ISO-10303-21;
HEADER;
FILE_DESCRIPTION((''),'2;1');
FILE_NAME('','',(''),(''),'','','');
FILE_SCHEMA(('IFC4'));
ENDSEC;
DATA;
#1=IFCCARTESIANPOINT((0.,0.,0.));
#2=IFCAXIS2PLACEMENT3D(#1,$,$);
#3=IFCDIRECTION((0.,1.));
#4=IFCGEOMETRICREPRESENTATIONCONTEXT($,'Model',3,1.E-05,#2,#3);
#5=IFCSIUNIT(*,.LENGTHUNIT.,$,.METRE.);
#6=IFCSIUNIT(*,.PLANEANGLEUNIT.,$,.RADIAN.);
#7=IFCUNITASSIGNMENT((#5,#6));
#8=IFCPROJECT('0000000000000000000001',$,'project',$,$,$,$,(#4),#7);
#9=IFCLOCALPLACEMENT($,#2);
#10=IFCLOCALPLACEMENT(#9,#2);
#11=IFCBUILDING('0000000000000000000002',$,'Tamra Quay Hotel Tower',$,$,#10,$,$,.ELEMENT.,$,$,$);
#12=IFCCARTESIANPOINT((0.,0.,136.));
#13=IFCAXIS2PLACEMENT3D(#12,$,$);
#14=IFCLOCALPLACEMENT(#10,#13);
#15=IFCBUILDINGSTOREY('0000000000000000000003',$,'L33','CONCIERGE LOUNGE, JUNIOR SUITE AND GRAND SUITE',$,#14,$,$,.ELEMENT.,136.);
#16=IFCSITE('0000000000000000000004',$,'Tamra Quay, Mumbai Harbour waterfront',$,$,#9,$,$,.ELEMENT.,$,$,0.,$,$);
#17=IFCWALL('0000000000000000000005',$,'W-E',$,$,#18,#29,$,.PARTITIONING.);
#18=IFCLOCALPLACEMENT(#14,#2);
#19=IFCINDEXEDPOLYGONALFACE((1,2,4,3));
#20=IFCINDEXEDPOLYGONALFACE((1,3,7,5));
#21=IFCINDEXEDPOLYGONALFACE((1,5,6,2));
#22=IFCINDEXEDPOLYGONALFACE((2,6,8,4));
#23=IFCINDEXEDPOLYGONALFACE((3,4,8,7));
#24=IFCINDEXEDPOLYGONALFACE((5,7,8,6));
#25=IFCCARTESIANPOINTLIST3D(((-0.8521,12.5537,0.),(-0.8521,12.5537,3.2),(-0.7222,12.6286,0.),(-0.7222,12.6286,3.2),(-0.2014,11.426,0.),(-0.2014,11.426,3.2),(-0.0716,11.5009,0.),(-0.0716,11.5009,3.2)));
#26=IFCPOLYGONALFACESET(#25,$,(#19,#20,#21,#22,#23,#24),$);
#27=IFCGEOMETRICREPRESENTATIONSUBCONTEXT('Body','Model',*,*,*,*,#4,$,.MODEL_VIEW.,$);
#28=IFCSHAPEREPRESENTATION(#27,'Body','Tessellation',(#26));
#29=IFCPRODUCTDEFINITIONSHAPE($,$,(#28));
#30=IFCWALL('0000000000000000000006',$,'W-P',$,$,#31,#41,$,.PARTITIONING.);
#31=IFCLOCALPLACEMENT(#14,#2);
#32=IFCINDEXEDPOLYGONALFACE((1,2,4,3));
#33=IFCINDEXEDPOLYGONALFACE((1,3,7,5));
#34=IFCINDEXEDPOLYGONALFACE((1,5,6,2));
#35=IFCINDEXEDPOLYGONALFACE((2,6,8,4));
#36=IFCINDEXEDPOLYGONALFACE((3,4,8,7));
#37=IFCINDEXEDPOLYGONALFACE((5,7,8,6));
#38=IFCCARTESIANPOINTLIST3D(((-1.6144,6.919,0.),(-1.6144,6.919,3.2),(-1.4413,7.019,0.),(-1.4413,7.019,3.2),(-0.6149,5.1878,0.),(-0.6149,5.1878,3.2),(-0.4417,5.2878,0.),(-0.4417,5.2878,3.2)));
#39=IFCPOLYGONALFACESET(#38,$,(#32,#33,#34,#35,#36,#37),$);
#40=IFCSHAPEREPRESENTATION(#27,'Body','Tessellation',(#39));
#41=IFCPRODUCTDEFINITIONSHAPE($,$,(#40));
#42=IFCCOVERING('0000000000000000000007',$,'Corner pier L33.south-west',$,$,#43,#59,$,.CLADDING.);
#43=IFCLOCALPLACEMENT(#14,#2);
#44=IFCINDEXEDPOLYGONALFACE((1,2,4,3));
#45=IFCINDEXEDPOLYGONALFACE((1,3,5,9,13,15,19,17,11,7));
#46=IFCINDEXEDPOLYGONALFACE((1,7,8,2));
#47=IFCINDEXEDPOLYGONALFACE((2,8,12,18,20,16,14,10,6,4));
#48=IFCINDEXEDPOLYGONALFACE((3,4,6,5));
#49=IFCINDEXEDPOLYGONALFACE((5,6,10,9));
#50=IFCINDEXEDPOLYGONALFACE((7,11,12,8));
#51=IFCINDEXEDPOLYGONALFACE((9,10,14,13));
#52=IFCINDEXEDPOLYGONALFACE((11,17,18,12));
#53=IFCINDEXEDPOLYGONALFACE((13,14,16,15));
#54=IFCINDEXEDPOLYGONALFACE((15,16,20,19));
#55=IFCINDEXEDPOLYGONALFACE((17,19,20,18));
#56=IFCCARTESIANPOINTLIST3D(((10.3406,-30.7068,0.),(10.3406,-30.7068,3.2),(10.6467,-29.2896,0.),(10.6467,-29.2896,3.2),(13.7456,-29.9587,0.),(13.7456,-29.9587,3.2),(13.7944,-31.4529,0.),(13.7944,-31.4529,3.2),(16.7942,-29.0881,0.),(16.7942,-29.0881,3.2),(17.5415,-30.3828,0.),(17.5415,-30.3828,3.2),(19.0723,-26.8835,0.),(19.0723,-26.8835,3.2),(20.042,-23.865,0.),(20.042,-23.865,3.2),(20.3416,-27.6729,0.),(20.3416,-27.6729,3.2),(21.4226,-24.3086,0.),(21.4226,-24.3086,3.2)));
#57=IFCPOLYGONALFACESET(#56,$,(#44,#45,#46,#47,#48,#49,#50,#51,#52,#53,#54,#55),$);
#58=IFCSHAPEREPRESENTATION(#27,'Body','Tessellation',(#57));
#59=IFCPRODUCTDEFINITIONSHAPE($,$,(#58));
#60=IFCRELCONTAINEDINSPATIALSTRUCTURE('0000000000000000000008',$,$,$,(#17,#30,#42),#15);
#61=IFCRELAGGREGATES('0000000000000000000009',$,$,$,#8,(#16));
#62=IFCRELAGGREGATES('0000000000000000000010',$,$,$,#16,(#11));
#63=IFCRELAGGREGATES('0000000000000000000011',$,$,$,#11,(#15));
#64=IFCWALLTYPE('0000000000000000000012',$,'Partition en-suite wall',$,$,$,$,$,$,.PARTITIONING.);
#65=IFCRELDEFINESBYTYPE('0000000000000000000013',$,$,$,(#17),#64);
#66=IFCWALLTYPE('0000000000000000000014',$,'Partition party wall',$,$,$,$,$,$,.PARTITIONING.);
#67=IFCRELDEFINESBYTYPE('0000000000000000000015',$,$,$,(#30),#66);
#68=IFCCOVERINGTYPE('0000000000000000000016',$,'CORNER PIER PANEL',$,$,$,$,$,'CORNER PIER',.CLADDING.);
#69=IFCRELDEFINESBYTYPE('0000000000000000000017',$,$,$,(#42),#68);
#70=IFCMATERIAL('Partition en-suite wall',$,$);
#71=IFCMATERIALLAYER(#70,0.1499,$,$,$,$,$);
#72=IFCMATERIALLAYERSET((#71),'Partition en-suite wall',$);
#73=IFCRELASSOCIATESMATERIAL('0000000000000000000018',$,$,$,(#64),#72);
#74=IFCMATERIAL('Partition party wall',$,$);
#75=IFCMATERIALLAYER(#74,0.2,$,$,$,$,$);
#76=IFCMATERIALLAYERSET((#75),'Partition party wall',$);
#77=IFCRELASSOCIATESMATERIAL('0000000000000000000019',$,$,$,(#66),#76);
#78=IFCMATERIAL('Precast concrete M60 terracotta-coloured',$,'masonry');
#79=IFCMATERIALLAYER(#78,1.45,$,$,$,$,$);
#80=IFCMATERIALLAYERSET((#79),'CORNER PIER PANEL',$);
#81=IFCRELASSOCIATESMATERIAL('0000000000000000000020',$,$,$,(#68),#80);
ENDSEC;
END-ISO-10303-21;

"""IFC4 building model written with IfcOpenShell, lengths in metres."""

from ifc_helpers import new_model, si_unit, direction, frame, frame_2d, origin, place, context, subcontext, project, spatial, polyline, rectangle, outline, extrude, material, layer, layer_set, type_object, element, save


model = new_model("IFC4")

# Units and contexts
model_context = context("Model", 3, precision=1e-05, world=origin(), true_north=direction((0.0, 1.0)))
body_context = subcontext(model_context, "Body", "Model", "MODEL_VIEW")
ifc_project = project(units=[si_unit("LENGTHUNIT", "METRE"), si_unit("PLANEANGLEUNIT", "RADIAN")], contexts=[model_context])

# Site, building, storey
site_placement = place(None, origin())
site = spatial("IfcSite", under=ifc_project, at=site_placement, Name="Tamra Quay, Mumbai Harbour waterfront", CompositionType="ELEMENT", RefElevation=0.0)
building_placement = place(site_placement, origin())
building = spatial("IfcBuilding", under=site, at=building_placement, Name="Tamra Quay Hotel Tower", CompositionType="ELEMENT")
storey_placement = place(building_placement, frame((0.0, 0.0, 136.0)))
storey = spatial("IfcBuildingStorey", under=building, at=storey_placement, Name="L33", Description="CONCIERGE LOUNGE, JUNIOR SUITE AND GRAND SUITE", CompositionType="ELEMENT", Elevation=136.0)

# Shared definitions
ifc_material_1 = material(Name="Partition en-suite wall")
ifc_layer_1 = layer(ifc_material_1, 0.1499)
ifc_layer_set_1 = layer_set([ifc_layer_1], Name="Partition en-suite wall")
wall_type_1 = type_object("IfcWallType", Name="Partition en-suite wall", PredefinedType="PARTITIONING", material=ifc_layer_set_1)

# Walls
wall_1_placement = place(storey_placement, frame((-0.7871, 12.5911, 0.0), z_axis=(0.0, 0.0, 1.0), x_axis=(0.49975, -0.86617, 0.0)))
element("IfcWall", 1, at=wall_1_placement, inside=storey, type_object=wall_type_1, Name="W-E", PredefinedType="PARTITIONING", context=body_context, shape_type="SweptSolid", body=[
    extrude(rectangle(XDim=1.302, YDim=0.1499, at=frame_2d((0.6509, 0.0))), origin(), (0.0, 0.0, 1.0), 3.2),
])
ifc_material_2 = material(Name="Partition party wall")
ifc_layer_2 = layer(ifc_material_2, 0.2)
ifc_layer_set_2 = layer_set([ifc_layer_2], Name="Partition party wall")
wall_type_2 = type_object("IfcWallType", Name="Partition party wall", PredefinedType="PARTITIONING", material=ifc_layer_set_2)
wall_2_placement = place(storey_placement, frame((-1.5278, 6.969, 0.0), z_axis=(0.0, 0.0, 1.0), x_axis=(0.500001, -0.866025, 0.0)))
element("IfcWall", 2, at=wall_2_placement, inside=storey, type_object=wall_type_2, Name="W-P", PredefinedType="PARTITIONING", context=body_context, shape_type="SweptSolid", body=[
    extrude(rectangle(XDim=1.999, YDim=0.2, at=frame_2d((0.9995, 0.0))), origin(), (0.0, 0.0, 1.0), 3.2),
])

# Covering
ifc_material_3 = material(Name="Precast concrete M60 terracotta-coloured", Category="masonry")
ifc_layer_3 = layer(ifc_material_3, 1.45)
ifc_layer_set_3 = layer_set([ifc_layer_3], Name="CORNER PIER PANEL")
covering_type = type_object("IfcCoveringType", Name="CORNER PIER PANEL", ElementType="CORNER PIER", PredefinedType="CLADDING", material=ifc_layer_set_3)
covering_placement = place(storey_placement, origin())
element("IfcCovering", 3, at=covering_placement, inside=storey, type_object=covering_type, Name="Corner pier L33.south-west", PredefinedType="CLADDING", context=body_context, shape_type="SweptSolid", body=[
    extrude(outline(polyline([(10.6467, -29.2896), (10.3406, -30.7068), (13.7944, -31.4529), (17.5415, -30.3828), (20.3416, -27.6729), (21.4226, -24.3086), (20.042, -23.865), (19.0723, -26.8835), (16.7942, -29.0881), (13.7456, -29.9587), (10.6467, -29.2896)])), origin(), (0.0, 0.0, 1.0), 3.2),
])

save(model, "model.ifc")
